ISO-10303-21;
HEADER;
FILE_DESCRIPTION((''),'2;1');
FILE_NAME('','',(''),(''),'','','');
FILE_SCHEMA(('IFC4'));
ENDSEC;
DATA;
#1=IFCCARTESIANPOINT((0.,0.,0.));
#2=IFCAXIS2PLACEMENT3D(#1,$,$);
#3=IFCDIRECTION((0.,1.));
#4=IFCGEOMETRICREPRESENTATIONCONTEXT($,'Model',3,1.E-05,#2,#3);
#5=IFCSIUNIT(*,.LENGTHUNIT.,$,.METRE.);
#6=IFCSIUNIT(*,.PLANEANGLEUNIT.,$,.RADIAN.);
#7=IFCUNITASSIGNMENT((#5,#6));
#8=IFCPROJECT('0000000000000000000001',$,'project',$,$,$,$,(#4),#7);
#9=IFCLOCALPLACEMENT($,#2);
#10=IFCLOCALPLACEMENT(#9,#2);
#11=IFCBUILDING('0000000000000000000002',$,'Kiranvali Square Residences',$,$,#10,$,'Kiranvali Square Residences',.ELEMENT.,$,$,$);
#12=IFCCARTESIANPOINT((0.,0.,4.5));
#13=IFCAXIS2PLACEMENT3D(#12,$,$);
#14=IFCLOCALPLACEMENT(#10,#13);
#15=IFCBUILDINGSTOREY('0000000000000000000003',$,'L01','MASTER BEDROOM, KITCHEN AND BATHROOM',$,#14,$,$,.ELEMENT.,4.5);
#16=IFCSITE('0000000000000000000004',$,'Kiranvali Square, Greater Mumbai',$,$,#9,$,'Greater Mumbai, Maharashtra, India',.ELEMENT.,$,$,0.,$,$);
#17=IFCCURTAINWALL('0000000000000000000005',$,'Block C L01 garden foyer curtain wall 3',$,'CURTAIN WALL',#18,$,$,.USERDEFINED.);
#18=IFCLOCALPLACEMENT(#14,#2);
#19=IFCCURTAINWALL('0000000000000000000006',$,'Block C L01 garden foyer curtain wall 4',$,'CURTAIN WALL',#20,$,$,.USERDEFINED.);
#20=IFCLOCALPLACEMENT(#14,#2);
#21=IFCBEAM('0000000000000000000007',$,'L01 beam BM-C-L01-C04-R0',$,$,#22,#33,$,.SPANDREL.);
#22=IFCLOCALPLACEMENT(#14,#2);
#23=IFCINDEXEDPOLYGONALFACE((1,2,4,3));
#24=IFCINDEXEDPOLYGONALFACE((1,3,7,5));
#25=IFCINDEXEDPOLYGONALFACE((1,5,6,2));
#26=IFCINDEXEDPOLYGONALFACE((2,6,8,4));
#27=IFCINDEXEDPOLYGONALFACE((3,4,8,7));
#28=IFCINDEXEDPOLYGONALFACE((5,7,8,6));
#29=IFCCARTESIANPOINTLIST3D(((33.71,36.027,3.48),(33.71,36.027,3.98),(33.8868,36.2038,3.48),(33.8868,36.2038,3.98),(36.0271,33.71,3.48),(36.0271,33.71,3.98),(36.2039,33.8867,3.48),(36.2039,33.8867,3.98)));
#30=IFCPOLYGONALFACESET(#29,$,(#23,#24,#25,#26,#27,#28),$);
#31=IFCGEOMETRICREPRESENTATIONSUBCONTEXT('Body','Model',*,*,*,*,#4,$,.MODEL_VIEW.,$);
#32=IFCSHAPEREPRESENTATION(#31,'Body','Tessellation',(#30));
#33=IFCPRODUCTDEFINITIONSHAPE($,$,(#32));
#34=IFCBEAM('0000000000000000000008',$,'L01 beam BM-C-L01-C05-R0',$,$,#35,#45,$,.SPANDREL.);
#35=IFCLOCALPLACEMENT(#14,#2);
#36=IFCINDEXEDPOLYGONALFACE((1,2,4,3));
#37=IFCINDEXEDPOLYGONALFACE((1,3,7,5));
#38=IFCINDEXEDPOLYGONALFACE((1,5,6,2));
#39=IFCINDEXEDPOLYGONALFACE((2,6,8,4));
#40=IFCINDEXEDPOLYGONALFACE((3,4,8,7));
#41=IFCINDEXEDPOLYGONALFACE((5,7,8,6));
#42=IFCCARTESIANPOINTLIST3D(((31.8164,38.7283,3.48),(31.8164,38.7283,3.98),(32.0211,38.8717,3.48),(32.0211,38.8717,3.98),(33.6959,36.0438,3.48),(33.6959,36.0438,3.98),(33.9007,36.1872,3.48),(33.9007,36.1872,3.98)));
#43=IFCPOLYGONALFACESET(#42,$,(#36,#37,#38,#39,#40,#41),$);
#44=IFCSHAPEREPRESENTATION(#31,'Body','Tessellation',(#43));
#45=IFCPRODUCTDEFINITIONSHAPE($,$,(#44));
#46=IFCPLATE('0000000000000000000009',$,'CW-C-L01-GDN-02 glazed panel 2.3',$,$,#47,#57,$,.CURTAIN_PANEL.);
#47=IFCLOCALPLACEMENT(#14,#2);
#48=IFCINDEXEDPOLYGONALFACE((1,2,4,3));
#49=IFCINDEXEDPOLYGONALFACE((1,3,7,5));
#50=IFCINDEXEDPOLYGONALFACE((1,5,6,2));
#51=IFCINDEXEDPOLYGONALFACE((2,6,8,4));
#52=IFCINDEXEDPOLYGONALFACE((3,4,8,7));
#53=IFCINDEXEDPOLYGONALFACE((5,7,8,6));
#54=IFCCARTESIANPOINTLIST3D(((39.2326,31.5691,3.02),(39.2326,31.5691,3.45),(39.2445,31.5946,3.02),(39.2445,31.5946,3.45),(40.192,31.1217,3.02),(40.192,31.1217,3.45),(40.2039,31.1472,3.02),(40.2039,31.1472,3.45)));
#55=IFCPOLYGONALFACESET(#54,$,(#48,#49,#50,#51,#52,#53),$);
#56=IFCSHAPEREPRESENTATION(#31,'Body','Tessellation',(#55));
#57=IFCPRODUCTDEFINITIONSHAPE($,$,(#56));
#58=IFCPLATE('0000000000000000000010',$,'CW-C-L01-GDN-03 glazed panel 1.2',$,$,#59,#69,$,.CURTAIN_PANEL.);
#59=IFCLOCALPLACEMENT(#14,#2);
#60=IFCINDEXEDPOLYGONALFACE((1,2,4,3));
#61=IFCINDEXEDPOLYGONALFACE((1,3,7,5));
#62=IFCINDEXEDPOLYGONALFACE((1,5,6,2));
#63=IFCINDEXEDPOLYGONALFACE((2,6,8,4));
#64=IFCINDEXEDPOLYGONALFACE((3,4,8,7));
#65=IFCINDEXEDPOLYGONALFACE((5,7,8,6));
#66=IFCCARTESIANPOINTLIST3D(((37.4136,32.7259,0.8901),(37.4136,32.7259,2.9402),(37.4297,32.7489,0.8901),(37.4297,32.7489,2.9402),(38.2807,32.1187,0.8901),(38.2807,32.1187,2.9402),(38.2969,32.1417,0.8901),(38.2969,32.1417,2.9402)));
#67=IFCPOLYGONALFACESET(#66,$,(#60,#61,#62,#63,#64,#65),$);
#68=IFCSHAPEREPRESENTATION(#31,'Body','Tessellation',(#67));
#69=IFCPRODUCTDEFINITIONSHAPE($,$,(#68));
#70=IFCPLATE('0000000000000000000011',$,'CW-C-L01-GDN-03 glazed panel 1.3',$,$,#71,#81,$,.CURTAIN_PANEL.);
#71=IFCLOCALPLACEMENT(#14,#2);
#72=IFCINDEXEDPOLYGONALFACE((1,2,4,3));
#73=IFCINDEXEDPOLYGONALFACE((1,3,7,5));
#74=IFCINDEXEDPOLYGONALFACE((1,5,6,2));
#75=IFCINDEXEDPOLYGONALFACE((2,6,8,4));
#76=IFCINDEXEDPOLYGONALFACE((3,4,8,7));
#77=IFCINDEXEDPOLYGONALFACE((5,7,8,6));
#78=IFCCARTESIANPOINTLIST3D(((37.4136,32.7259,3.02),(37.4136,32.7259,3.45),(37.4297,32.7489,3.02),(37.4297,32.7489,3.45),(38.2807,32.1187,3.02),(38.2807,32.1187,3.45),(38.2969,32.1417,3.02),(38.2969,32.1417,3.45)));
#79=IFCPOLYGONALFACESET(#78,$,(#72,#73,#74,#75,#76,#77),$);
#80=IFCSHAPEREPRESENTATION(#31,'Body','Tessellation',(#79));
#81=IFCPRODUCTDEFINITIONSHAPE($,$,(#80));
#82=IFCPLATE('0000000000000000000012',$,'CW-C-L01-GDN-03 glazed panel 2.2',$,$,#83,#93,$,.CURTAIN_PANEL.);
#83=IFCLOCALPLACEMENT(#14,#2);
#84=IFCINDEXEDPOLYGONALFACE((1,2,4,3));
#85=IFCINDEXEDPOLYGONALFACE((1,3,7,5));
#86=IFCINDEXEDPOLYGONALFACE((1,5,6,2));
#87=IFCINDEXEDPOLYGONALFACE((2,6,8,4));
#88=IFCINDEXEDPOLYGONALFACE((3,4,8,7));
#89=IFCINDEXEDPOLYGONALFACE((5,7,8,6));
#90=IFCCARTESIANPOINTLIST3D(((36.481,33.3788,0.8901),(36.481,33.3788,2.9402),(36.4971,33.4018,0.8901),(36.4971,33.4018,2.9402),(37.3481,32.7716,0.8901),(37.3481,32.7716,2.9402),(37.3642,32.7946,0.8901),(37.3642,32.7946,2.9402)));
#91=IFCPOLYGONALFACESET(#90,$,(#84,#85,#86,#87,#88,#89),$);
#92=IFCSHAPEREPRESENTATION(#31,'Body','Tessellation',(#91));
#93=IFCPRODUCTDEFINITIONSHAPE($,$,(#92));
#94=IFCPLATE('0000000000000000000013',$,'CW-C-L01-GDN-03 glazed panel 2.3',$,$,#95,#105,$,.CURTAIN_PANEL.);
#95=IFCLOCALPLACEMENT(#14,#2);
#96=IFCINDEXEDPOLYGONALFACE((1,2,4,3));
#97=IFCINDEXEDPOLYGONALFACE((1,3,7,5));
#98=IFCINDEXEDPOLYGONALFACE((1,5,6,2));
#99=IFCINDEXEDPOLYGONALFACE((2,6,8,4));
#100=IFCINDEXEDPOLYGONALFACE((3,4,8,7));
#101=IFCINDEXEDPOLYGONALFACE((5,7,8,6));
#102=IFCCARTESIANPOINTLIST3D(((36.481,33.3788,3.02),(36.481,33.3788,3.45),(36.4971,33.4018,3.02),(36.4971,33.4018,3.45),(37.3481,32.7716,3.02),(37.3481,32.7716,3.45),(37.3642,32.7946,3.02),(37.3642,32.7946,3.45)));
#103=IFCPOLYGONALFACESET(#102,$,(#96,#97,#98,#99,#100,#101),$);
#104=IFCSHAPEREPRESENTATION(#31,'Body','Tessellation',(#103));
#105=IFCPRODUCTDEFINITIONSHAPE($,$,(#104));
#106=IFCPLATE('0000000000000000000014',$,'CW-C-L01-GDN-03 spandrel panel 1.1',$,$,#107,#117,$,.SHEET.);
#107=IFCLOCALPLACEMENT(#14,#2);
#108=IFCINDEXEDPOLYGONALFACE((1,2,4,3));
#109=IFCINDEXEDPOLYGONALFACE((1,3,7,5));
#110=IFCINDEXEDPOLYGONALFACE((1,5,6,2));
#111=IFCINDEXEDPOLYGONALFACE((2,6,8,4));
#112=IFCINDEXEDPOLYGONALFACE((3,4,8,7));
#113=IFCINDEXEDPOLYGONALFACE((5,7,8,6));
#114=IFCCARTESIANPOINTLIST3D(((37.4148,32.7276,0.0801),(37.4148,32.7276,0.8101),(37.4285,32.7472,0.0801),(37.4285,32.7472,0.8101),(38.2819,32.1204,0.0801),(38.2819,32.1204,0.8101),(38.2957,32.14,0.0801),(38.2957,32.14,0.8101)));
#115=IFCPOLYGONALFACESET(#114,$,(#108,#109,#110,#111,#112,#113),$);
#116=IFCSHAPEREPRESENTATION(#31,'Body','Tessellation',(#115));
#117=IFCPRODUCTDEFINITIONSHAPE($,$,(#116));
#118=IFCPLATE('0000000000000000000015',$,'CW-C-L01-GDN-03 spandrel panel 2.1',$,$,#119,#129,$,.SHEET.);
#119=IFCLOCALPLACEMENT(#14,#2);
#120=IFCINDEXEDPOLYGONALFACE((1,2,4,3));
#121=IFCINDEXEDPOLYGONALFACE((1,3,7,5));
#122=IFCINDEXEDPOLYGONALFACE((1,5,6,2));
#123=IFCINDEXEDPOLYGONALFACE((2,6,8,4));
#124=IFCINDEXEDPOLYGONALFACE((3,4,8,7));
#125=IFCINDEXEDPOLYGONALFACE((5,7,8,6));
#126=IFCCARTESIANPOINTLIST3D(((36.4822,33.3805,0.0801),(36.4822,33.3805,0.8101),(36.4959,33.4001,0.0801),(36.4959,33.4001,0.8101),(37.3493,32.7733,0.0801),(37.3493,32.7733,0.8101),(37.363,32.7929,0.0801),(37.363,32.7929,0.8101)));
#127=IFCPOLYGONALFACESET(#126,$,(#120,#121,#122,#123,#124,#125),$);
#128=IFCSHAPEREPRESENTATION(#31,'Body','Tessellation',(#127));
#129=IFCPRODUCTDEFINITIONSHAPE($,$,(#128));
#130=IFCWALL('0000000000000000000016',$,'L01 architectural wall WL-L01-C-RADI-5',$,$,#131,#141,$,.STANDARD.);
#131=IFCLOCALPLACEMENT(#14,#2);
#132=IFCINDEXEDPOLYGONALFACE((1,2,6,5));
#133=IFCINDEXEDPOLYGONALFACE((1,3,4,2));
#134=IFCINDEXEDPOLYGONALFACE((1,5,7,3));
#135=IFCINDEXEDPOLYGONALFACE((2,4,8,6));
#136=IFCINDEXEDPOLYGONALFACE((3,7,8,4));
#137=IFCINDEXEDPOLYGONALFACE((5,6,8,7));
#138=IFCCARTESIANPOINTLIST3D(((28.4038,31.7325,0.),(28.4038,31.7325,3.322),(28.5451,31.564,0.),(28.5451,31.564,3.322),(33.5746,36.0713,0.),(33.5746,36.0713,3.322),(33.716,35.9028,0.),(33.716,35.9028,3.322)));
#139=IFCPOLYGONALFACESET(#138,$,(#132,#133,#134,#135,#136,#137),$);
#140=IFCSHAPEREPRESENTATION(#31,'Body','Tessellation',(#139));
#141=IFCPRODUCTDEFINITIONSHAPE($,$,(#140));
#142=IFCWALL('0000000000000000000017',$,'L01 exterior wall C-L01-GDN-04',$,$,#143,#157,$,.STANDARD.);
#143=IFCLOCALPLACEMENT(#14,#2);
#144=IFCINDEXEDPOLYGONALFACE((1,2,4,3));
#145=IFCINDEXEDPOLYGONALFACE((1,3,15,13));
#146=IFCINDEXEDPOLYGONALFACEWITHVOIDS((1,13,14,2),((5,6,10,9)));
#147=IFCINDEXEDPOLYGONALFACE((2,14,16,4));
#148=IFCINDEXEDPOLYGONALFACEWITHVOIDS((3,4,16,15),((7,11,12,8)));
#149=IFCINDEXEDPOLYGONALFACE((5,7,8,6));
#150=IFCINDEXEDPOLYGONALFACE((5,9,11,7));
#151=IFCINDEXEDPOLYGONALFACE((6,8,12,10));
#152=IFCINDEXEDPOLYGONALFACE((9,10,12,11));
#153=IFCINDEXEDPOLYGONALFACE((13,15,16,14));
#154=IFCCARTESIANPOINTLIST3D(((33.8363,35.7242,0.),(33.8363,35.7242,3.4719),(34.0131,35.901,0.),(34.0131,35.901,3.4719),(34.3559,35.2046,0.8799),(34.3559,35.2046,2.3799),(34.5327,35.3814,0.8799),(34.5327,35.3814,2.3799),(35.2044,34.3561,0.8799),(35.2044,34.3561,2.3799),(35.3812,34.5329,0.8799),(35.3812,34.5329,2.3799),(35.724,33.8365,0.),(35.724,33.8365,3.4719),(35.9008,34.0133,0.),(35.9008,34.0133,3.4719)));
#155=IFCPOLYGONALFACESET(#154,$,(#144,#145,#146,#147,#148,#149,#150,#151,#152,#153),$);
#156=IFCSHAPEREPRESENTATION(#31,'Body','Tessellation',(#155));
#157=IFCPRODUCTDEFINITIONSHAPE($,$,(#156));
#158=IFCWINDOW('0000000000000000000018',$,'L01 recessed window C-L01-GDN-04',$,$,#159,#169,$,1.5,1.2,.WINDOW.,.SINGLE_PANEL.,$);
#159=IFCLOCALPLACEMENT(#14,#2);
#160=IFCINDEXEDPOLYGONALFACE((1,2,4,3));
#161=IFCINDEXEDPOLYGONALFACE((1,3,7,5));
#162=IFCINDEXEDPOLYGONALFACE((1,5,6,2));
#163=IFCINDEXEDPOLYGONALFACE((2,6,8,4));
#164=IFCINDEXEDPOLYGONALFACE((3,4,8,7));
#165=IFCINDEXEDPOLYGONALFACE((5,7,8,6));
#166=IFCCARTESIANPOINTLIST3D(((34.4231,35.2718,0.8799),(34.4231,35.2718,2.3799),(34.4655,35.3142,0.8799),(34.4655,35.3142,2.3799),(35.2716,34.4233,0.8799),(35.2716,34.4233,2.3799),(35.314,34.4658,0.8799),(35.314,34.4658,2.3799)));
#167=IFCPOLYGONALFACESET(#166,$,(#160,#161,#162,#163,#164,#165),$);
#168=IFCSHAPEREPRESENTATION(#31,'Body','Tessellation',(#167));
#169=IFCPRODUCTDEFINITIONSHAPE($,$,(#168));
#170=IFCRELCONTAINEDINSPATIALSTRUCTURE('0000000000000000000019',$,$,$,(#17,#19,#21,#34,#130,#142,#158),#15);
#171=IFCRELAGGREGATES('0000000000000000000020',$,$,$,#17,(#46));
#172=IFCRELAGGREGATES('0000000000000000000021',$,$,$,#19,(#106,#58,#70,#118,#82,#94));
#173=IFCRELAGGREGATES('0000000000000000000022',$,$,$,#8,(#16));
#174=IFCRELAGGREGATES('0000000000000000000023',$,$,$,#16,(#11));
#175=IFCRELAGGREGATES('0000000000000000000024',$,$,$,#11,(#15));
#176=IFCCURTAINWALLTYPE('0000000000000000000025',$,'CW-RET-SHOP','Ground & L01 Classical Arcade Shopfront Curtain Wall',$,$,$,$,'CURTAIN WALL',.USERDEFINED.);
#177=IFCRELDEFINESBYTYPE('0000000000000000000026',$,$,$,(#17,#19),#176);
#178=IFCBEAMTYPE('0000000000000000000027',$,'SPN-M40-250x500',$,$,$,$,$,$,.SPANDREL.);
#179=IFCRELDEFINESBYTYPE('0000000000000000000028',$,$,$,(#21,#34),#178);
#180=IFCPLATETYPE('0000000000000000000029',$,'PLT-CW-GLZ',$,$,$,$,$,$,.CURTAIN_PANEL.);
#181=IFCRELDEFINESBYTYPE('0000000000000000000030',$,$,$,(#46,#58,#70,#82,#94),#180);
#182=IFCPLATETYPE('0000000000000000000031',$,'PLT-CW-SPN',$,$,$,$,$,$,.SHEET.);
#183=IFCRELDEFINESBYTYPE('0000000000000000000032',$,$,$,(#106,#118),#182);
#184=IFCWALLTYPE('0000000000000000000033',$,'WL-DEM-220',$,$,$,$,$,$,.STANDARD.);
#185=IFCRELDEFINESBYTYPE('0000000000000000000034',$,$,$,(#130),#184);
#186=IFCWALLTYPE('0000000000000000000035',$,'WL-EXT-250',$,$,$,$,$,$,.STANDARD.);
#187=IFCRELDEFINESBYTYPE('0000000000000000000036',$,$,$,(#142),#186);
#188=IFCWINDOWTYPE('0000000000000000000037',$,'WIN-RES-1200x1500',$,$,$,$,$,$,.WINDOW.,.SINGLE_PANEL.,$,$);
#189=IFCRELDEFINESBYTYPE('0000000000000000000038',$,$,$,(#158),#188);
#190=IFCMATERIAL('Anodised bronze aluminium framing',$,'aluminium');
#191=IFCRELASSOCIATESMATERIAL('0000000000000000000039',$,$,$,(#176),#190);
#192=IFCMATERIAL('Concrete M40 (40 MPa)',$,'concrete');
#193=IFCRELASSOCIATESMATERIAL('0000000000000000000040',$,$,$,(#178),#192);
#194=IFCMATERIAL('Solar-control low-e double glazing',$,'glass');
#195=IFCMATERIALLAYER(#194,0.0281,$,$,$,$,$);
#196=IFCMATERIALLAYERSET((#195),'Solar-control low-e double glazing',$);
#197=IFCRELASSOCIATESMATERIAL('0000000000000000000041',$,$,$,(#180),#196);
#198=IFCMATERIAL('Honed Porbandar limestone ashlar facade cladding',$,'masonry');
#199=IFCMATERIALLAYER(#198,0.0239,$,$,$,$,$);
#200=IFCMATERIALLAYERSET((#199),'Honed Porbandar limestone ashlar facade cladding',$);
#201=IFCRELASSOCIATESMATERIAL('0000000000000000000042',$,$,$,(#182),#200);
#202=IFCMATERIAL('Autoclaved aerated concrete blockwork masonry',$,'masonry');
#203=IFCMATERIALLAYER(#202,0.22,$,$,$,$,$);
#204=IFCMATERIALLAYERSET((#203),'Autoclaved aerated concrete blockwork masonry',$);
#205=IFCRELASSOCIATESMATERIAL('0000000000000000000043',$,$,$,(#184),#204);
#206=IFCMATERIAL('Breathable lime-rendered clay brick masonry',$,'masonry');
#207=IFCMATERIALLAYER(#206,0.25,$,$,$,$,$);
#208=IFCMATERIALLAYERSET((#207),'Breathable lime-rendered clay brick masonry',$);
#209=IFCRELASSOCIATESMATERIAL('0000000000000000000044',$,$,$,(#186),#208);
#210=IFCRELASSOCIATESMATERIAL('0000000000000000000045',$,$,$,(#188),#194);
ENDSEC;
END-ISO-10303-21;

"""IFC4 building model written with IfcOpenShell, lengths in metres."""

from ifc_helpers import new_model, si_unit, direction, frame, frame_2d, origin, origin_2d, place, context, subcontext, project, spatial, rectangle, extrude, material, layer, layer_set, material_profile, profile_set, type_object, element, fill, aggregate, save


model = new_model("IFC4")

# Units and contexts
model_context = context("Model", 3, precision=1e-05, world=origin(), true_north=direction((0.0, 1.0)))
body_context = subcontext(model_context, "Body", "Model", "MODEL_VIEW")
ifc_project = project(units=[si_unit("LENGTHUNIT", "METRE"), si_unit("PLANEANGLEUNIT", "RADIAN")], contexts=[model_context])

# Site, building, storey
site_placement = place(None, origin())
site = spatial("IfcSite", under=ifc_project, at=site_placement, Name="Kiranvali Square, Greater Mumbai", LongName="Greater Mumbai, Maharashtra, India", CompositionType="ELEMENT", RefElevation=0.0)
building_placement = place(site_placement, origin())
building = spatial("IfcBuilding", under=site, at=building_placement, Name="Kiranvali Square Residences", LongName="Kiranvali Square Residences", CompositionType="ELEMENT")
storey_placement = place(building_placement, frame((0.0, 0.0, 4.5)))
storey = spatial("IfcBuildingStorey", under=building, at=storey_placement, Name="L01", Description="MASTER BEDROOM, KITCHEN AND BATHROOM", CompositionType="ELEMENT", Elevation=4.5)

# Curtain wall
ifc_material_1 = material(Name="Anodised bronze aluminium framing", Category="aluminium")
curtain_wall_type = type_object("IfcCurtainWallType", Name="CW-RET-SHOP", Description="Ground & L01 Classical Arcade Shopfront Curtain Wall", ElementType="CURTAIN WALL", PredefinedType="USERDEFINED", material=ifc_material_1)
curtain_wall_1_placement = place(storey_placement, origin())
curtain_wall_1 = element("IfcCurtainWall", 1, at=curtain_wall_1_placement, inside=storey, type_object=curtain_wall_type, Name="Block C L01 garden foyer curtain wall 3", ObjectType="CURTAIN WALL", PredefinedType="USERDEFINED")

# Curtain wall
curtain_wall_2_placement = place(storey_placement, origin())
curtain_wall_2 = element("IfcCurtainWall", 2, at=curtain_wall_2_placement, inside=storey, type_object=curtain_wall_type, Name="Block C L01 garden foyer curtain wall 4", ObjectType="CURTAIN WALL", PredefinedType="USERDEFINED")

# Beams
ifc_material_2 = material(Name="Concrete M40 (40 MPa)", Category="concrete")
ifc_material_profile_1 = material_profile(ifc_material_2, rectangle(XDim=0.25, YDim=0.5, at=origin_2d()), Name="RC 250x500")
ifc_profile_set_1 = profile_set([ifc_material_profile_1], Name="Concrete M40 (40 MPa)")
beam_type_1 = type_object("IfcBeamType", Name="SPN-M40-250x500", PredefinedType="SPANDREL", material=ifc_profile_set_1)
beam_1_placement = place(storey_placement, frame((36.1155, 33.7983, 3.73), z_axis=(-0.707107, 0.707107, 0.0), x_axis=(-0.707107, -0.707107, 0.0)))
element("IfcBeam", 3, at=beam_1_placement, inside=storey, type_object=beam_type_1, Name="L01 beam BM-C-L01-C04-R0", PredefinedType="SPANDREL", context=body_context, shape_type="SweptSolid", body=[
    extrude(rectangle(XDim=0.25, YDim=0.5, at=origin_2d()), origin(), (0.0, 0.0, 1.0), 3.2769),
])
beam_2_placement = place(storey_placement, frame((33.7983, 36.1155, 3.73), z_axis=(-0.573552, 0.819169, 0.0), x_axis=(-0.819169, -0.573552, 0.0)))
element("IfcBeam", 4, at=beam_2_placement, inside=storey, type_object=beam_type_1, Name="L01 beam BM-C-L01-C05-R0", PredefinedType="SPANDREL", context=body_context, shape_type="SweptSolid", body=[
    extrude(rectangle(XDim=0.25, YDim=0.5, at=origin_2d()), origin(), (0.0, 0.0, 1.0), 3.2771),
])

# Plates
ifc_material_3 = material(Name="Solar-control low-e double glazing", Category="glass")
ifc_layer_1 = layer(ifc_material_3, 0.0281)
ifc_layer_set_1 = layer_set([ifc_layer_1], Name="Solar-control low-e double glazing")
plate_type_1 = type_object("IfcPlateType", Name="PLT-CW-GLZ", PredefinedType="CURTAIN_PANEL", material=ifc_layer_set_1)
plate_1_placement = place(storey_placement, frame((39.7183, 31.3582, 3.02), z_axis=(0.0, 0.0, 1.0), x_axis=(-0.906308, 0.422618, 0.0)))
plate_1 = element("IfcPlate", 5, at=plate_1_placement, type_object=plate_type_1, Name="CW-C-L01-GDN-02 glazed panel 2.3", PredefinedType="CURTAIN_PANEL", context=body_context, shape_type="SweptSolid", body=[
    extrude(rectangle(XDim=1.0586, YDim=0.0281, at=origin_2d()), origin(), (0.0, 0.0, 1.0), 0.4299),
])
aggregate(curtain_wall_1, [plate_1])
plate_2_placement = place(storey_placement, frame((37.8552, 32.4338, 0.8901), z_axis=(0.0, 0.0, 1.0), x_axis=(-0.819152, 0.573576, 0.0)))
plate_2 = element("IfcPlate", 6, at=plate_2_placement, type_object=plate_type_1, Name="CW-C-L01-GDN-03 glazed panel 1.2", PredefinedType="CURTAIN_PANEL", context=body_context, shape_type="SweptSolid", body=[
    extrude(rectangle(XDim=1.0586, YDim=0.0281, at=origin_2d()), origin(), (0.0, 0.0, 1.0), 2.05),
])
plate_3_placement = place(storey_placement, frame((37.8552, 32.4338, 3.02), z_axis=(0.0, 0.0, 1.0), x_axis=(-0.819152, 0.573576, 0.0)))
plate_3 = element("IfcPlate", 7, at=plate_3_placement, type_object=plate_type_1, Name="CW-C-L01-GDN-03 glazed panel 1.3", PredefinedType="CURTAIN_PANEL", context=body_context, shape_type="SweptSolid", body=[
    extrude(rectangle(XDim=1.0586, YDim=0.0281, at=origin_2d()), origin(), (0.0, 0.0, 1.0), 0.4299),
])
plate_4_placement = place(storey_placement, frame((36.9226, 33.0867, 0.8901), z_axis=(0.0, 0.0, 1.0), x_axis=(-0.819152, 0.573576, 0.0)))
plate_4 = element("IfcPlate", 8, at=plate_4_placement, type_object=plate_type_1, Name="CW-C-L01-GDN-03 glazed panel 2.2", PredefinedType="CURTAIN_PANEL", context=body_context, shape_type="SweptSolid", body=[
    extrude(rectangle(XDim=1.0586, YDim=0.0281, at=origin_2d()), origin(), (0.0, 0.0, 1.0), 2.05),
])
plate_5_placement = place(storey_placement, frame((36.9226, 33.0867, 3.02), z_axis=(0.0, 0.0, 1.0), x_axis=(-0.819152, 0.573576, 0.0)))
plate_5 = element("IfcPlate", 9, at=plate_5_placement, type_object=plate_type_1, Name="CW-C-L01-GDN-03 glazed panel 2.3", PredefinedType="CURTAIN_PANEL", context=body_context, shape_type="SweptSolid", body=[
    extrude(rectangle(XDim=1.0586, YDim=0.0281, at=origin_2d()), origin(), (0.0, 0.0, 1.0), 0.4299),
])
ifc_material_4 = material(Name="Honed Porbandar limestone ashlar facade cladding", Category="masonry")
ifc_layer_2 = layer(ifc_material_4, 0.0239)
ifc_layer_set_2 = layer_set([ifc_layer_2], Name="Honed Porbandar limestone ashlar facade cladding")
plate_type_2 = type_object("IfcPlateType", Name="PLT-CW-SPN", PredefinedType="SHEET", material=ifc_layer_set_2)
plate_6_placement = place(storey_placement, frame((37.8552, 32.4338, 0.0801), z_axis=(0.0, 0.0, 1.0), x_axis=(-0.819152, 0.573576, 0.0)))
plate_6 = element("IfcPlate", 10, at=plate_6_placement, type_object=plate_type_2, Name="CW-C-L01-GDN-03 spandrel panel 1.1", PredefinedType="SHEET", context=body_context, shape_type="SweptSolid", body=[
    extrude(rectangle(XDim=1.0586, YDim=0.0239, at=origin_2d()), origin(), (0.0, 0.0, 1.0), 0.73),
])
plate_7_placement = place(storey_placement, frame((36.9226, 33.0867, 0.0801), z_axis=(0.0, 0.0, 1.0), x_axis=(-0.819152, 0.573576, 0.0)))
plate_7 = element("IfcPlate", 11, at=plate_7_placement, type_object=plate_type_2, Name="CW-C-L01-GDN-03 spandrel panel 2.1", PredefinedType="SHEET", context=body_context, shape_type="SweptSolid", body=[
    extrude(rectangle(XDim=1.0586, YDim=0.0239, at=origin_2d()), origin(), (0.0, 0.0, 1.0), 0.73),
])
aggregate(curtain_wall_2, [plate_6, plate_2, plate_3, plate_7, plate_4, plate_5])

# Wall
ifc_material_5 = material(Name="Autoclaved aerated concrete blockwork masonry", Category="masonry")
ifc_layer_3 = layer(ifc_material_5, 0.22)
ifc_layer_set_3 = layer_set([ifc_layer_3], Name="Autoclaved aerated concrete blockwork masonry")
wall_type_1 = type_object("IfcWallType", Name="WL-DEM-220", PredefinedType="STANDARD", material=ifc_layer_set_3)
wall_1_placement = place(storey_placement, frame((33.6453, 35.9871, 0.0), z_axis=(0.0, 0.0, 1.0), x_axis=(-0.766047, -0.642785, 0.0)))
element("IfcWall", 12, at=wall_1_placement, inside=storey, type_object=wall_type_1, Name="L01 architectural wall WL-L01-C-RADI-5", PredefinedType="STANDARD", context=body_context, shape_type="SweptSolid", body=[
    extrude(rectangle(XDim=6.75, YDim=0.22, at=frame_2d((3.375, 0.0))), origin(), (0.0, 0.0, 1.0), 3.322),
])

# Wall, opening, window
ifc_material_6 = material(Name="Breathable lime-rendered clay brick masonry", Category="masonry")
ifc_layer_4 = layer(ifc_material_6, 0.25)
ifc_layer_set_4 = layer_set([ifc_layer_4], Name="Breathable lime-rendered clay brick masonry")
wall_type_2 = type_object("IfcWallType", Name="WL-EXT-250", PredefinedType="STANDARD", material=ifc_layer_set_4)
wall_2_placement = place(storey_placement, frame((35.8125, 33.9248, 0.0), z_axis=(0.0, 0.0, 1.0), x_axis=(-0.707107, 0.707107, 0.0)))
wall_2 = element("IfcWall", 13, at=wall_2_placement, inside=storey, type_object=wall_type_2, Name="L01 exterior wall C-L01-GDN-04", PredefinedType="STANDARD", context=body_context, shape_type="SweptSolid", body=[
    extrude(rectangle(XDim=2.6697, YDim=0.25, at=frame_2d((1.335, 0.0))), origin(), (0.0, 0.0, 1.0), 3.4719),
])
opening_1_placement = place(wall_2_placement, frame((0.7349, 0.0, 0.8799)))
opening_1 = element("IfcOpeningElement", 14, at=opening_1_placement, cuts=wall_2, PredefinedType="OPENING", context=body_context, shape_type="SweptSolid", body=[
    extrude(rectangle(XDim=1.2, YDim=1.5, at=frame_2d((0.6001, 0.75))), frame((0.0, 0.135, 0.0), z_axis=(0.0, -1.0, 0.0), x_axis=(1.0, 0.0, 0.0)), (0.0, 0.0, 1.0), 0.27),
])
window_type_1 = type_object("IfcWindowType", Name="WIN-RES-1200x1500", PartitioningType="SINGLE_PANEL", PredefinedType="WINDOW", material=ifc_material_3)
window_1_placement = place(opening_1_placement, origin())
window_1 = element("IfcWindow", 15, at=window_1_placement, inside=storey, type_object=window_type_1, Name="L01 recessed window C-L01-GDN-04", OverallHeight=1.5, OverallWidth=1.2, PartitioningType="SINGLE_PANEL", PredefinedType="WINDOW", context=body_context, shape_type="SweptSolid", body=[
    extrude(rectangle(XDim=1.2, YDim=1.5, at=frame_2d((0.6001, 0.75))), frame((0.0, 0.03, 0.0), z_axis=(0.0, -1.0, 0.0), x_axis=(1.0, 0.0, 0.0)), (0.0, 0.0, 1.0), 0.0601),
])
fill(opening_1, window_1)

save(model, "model.ifc")
